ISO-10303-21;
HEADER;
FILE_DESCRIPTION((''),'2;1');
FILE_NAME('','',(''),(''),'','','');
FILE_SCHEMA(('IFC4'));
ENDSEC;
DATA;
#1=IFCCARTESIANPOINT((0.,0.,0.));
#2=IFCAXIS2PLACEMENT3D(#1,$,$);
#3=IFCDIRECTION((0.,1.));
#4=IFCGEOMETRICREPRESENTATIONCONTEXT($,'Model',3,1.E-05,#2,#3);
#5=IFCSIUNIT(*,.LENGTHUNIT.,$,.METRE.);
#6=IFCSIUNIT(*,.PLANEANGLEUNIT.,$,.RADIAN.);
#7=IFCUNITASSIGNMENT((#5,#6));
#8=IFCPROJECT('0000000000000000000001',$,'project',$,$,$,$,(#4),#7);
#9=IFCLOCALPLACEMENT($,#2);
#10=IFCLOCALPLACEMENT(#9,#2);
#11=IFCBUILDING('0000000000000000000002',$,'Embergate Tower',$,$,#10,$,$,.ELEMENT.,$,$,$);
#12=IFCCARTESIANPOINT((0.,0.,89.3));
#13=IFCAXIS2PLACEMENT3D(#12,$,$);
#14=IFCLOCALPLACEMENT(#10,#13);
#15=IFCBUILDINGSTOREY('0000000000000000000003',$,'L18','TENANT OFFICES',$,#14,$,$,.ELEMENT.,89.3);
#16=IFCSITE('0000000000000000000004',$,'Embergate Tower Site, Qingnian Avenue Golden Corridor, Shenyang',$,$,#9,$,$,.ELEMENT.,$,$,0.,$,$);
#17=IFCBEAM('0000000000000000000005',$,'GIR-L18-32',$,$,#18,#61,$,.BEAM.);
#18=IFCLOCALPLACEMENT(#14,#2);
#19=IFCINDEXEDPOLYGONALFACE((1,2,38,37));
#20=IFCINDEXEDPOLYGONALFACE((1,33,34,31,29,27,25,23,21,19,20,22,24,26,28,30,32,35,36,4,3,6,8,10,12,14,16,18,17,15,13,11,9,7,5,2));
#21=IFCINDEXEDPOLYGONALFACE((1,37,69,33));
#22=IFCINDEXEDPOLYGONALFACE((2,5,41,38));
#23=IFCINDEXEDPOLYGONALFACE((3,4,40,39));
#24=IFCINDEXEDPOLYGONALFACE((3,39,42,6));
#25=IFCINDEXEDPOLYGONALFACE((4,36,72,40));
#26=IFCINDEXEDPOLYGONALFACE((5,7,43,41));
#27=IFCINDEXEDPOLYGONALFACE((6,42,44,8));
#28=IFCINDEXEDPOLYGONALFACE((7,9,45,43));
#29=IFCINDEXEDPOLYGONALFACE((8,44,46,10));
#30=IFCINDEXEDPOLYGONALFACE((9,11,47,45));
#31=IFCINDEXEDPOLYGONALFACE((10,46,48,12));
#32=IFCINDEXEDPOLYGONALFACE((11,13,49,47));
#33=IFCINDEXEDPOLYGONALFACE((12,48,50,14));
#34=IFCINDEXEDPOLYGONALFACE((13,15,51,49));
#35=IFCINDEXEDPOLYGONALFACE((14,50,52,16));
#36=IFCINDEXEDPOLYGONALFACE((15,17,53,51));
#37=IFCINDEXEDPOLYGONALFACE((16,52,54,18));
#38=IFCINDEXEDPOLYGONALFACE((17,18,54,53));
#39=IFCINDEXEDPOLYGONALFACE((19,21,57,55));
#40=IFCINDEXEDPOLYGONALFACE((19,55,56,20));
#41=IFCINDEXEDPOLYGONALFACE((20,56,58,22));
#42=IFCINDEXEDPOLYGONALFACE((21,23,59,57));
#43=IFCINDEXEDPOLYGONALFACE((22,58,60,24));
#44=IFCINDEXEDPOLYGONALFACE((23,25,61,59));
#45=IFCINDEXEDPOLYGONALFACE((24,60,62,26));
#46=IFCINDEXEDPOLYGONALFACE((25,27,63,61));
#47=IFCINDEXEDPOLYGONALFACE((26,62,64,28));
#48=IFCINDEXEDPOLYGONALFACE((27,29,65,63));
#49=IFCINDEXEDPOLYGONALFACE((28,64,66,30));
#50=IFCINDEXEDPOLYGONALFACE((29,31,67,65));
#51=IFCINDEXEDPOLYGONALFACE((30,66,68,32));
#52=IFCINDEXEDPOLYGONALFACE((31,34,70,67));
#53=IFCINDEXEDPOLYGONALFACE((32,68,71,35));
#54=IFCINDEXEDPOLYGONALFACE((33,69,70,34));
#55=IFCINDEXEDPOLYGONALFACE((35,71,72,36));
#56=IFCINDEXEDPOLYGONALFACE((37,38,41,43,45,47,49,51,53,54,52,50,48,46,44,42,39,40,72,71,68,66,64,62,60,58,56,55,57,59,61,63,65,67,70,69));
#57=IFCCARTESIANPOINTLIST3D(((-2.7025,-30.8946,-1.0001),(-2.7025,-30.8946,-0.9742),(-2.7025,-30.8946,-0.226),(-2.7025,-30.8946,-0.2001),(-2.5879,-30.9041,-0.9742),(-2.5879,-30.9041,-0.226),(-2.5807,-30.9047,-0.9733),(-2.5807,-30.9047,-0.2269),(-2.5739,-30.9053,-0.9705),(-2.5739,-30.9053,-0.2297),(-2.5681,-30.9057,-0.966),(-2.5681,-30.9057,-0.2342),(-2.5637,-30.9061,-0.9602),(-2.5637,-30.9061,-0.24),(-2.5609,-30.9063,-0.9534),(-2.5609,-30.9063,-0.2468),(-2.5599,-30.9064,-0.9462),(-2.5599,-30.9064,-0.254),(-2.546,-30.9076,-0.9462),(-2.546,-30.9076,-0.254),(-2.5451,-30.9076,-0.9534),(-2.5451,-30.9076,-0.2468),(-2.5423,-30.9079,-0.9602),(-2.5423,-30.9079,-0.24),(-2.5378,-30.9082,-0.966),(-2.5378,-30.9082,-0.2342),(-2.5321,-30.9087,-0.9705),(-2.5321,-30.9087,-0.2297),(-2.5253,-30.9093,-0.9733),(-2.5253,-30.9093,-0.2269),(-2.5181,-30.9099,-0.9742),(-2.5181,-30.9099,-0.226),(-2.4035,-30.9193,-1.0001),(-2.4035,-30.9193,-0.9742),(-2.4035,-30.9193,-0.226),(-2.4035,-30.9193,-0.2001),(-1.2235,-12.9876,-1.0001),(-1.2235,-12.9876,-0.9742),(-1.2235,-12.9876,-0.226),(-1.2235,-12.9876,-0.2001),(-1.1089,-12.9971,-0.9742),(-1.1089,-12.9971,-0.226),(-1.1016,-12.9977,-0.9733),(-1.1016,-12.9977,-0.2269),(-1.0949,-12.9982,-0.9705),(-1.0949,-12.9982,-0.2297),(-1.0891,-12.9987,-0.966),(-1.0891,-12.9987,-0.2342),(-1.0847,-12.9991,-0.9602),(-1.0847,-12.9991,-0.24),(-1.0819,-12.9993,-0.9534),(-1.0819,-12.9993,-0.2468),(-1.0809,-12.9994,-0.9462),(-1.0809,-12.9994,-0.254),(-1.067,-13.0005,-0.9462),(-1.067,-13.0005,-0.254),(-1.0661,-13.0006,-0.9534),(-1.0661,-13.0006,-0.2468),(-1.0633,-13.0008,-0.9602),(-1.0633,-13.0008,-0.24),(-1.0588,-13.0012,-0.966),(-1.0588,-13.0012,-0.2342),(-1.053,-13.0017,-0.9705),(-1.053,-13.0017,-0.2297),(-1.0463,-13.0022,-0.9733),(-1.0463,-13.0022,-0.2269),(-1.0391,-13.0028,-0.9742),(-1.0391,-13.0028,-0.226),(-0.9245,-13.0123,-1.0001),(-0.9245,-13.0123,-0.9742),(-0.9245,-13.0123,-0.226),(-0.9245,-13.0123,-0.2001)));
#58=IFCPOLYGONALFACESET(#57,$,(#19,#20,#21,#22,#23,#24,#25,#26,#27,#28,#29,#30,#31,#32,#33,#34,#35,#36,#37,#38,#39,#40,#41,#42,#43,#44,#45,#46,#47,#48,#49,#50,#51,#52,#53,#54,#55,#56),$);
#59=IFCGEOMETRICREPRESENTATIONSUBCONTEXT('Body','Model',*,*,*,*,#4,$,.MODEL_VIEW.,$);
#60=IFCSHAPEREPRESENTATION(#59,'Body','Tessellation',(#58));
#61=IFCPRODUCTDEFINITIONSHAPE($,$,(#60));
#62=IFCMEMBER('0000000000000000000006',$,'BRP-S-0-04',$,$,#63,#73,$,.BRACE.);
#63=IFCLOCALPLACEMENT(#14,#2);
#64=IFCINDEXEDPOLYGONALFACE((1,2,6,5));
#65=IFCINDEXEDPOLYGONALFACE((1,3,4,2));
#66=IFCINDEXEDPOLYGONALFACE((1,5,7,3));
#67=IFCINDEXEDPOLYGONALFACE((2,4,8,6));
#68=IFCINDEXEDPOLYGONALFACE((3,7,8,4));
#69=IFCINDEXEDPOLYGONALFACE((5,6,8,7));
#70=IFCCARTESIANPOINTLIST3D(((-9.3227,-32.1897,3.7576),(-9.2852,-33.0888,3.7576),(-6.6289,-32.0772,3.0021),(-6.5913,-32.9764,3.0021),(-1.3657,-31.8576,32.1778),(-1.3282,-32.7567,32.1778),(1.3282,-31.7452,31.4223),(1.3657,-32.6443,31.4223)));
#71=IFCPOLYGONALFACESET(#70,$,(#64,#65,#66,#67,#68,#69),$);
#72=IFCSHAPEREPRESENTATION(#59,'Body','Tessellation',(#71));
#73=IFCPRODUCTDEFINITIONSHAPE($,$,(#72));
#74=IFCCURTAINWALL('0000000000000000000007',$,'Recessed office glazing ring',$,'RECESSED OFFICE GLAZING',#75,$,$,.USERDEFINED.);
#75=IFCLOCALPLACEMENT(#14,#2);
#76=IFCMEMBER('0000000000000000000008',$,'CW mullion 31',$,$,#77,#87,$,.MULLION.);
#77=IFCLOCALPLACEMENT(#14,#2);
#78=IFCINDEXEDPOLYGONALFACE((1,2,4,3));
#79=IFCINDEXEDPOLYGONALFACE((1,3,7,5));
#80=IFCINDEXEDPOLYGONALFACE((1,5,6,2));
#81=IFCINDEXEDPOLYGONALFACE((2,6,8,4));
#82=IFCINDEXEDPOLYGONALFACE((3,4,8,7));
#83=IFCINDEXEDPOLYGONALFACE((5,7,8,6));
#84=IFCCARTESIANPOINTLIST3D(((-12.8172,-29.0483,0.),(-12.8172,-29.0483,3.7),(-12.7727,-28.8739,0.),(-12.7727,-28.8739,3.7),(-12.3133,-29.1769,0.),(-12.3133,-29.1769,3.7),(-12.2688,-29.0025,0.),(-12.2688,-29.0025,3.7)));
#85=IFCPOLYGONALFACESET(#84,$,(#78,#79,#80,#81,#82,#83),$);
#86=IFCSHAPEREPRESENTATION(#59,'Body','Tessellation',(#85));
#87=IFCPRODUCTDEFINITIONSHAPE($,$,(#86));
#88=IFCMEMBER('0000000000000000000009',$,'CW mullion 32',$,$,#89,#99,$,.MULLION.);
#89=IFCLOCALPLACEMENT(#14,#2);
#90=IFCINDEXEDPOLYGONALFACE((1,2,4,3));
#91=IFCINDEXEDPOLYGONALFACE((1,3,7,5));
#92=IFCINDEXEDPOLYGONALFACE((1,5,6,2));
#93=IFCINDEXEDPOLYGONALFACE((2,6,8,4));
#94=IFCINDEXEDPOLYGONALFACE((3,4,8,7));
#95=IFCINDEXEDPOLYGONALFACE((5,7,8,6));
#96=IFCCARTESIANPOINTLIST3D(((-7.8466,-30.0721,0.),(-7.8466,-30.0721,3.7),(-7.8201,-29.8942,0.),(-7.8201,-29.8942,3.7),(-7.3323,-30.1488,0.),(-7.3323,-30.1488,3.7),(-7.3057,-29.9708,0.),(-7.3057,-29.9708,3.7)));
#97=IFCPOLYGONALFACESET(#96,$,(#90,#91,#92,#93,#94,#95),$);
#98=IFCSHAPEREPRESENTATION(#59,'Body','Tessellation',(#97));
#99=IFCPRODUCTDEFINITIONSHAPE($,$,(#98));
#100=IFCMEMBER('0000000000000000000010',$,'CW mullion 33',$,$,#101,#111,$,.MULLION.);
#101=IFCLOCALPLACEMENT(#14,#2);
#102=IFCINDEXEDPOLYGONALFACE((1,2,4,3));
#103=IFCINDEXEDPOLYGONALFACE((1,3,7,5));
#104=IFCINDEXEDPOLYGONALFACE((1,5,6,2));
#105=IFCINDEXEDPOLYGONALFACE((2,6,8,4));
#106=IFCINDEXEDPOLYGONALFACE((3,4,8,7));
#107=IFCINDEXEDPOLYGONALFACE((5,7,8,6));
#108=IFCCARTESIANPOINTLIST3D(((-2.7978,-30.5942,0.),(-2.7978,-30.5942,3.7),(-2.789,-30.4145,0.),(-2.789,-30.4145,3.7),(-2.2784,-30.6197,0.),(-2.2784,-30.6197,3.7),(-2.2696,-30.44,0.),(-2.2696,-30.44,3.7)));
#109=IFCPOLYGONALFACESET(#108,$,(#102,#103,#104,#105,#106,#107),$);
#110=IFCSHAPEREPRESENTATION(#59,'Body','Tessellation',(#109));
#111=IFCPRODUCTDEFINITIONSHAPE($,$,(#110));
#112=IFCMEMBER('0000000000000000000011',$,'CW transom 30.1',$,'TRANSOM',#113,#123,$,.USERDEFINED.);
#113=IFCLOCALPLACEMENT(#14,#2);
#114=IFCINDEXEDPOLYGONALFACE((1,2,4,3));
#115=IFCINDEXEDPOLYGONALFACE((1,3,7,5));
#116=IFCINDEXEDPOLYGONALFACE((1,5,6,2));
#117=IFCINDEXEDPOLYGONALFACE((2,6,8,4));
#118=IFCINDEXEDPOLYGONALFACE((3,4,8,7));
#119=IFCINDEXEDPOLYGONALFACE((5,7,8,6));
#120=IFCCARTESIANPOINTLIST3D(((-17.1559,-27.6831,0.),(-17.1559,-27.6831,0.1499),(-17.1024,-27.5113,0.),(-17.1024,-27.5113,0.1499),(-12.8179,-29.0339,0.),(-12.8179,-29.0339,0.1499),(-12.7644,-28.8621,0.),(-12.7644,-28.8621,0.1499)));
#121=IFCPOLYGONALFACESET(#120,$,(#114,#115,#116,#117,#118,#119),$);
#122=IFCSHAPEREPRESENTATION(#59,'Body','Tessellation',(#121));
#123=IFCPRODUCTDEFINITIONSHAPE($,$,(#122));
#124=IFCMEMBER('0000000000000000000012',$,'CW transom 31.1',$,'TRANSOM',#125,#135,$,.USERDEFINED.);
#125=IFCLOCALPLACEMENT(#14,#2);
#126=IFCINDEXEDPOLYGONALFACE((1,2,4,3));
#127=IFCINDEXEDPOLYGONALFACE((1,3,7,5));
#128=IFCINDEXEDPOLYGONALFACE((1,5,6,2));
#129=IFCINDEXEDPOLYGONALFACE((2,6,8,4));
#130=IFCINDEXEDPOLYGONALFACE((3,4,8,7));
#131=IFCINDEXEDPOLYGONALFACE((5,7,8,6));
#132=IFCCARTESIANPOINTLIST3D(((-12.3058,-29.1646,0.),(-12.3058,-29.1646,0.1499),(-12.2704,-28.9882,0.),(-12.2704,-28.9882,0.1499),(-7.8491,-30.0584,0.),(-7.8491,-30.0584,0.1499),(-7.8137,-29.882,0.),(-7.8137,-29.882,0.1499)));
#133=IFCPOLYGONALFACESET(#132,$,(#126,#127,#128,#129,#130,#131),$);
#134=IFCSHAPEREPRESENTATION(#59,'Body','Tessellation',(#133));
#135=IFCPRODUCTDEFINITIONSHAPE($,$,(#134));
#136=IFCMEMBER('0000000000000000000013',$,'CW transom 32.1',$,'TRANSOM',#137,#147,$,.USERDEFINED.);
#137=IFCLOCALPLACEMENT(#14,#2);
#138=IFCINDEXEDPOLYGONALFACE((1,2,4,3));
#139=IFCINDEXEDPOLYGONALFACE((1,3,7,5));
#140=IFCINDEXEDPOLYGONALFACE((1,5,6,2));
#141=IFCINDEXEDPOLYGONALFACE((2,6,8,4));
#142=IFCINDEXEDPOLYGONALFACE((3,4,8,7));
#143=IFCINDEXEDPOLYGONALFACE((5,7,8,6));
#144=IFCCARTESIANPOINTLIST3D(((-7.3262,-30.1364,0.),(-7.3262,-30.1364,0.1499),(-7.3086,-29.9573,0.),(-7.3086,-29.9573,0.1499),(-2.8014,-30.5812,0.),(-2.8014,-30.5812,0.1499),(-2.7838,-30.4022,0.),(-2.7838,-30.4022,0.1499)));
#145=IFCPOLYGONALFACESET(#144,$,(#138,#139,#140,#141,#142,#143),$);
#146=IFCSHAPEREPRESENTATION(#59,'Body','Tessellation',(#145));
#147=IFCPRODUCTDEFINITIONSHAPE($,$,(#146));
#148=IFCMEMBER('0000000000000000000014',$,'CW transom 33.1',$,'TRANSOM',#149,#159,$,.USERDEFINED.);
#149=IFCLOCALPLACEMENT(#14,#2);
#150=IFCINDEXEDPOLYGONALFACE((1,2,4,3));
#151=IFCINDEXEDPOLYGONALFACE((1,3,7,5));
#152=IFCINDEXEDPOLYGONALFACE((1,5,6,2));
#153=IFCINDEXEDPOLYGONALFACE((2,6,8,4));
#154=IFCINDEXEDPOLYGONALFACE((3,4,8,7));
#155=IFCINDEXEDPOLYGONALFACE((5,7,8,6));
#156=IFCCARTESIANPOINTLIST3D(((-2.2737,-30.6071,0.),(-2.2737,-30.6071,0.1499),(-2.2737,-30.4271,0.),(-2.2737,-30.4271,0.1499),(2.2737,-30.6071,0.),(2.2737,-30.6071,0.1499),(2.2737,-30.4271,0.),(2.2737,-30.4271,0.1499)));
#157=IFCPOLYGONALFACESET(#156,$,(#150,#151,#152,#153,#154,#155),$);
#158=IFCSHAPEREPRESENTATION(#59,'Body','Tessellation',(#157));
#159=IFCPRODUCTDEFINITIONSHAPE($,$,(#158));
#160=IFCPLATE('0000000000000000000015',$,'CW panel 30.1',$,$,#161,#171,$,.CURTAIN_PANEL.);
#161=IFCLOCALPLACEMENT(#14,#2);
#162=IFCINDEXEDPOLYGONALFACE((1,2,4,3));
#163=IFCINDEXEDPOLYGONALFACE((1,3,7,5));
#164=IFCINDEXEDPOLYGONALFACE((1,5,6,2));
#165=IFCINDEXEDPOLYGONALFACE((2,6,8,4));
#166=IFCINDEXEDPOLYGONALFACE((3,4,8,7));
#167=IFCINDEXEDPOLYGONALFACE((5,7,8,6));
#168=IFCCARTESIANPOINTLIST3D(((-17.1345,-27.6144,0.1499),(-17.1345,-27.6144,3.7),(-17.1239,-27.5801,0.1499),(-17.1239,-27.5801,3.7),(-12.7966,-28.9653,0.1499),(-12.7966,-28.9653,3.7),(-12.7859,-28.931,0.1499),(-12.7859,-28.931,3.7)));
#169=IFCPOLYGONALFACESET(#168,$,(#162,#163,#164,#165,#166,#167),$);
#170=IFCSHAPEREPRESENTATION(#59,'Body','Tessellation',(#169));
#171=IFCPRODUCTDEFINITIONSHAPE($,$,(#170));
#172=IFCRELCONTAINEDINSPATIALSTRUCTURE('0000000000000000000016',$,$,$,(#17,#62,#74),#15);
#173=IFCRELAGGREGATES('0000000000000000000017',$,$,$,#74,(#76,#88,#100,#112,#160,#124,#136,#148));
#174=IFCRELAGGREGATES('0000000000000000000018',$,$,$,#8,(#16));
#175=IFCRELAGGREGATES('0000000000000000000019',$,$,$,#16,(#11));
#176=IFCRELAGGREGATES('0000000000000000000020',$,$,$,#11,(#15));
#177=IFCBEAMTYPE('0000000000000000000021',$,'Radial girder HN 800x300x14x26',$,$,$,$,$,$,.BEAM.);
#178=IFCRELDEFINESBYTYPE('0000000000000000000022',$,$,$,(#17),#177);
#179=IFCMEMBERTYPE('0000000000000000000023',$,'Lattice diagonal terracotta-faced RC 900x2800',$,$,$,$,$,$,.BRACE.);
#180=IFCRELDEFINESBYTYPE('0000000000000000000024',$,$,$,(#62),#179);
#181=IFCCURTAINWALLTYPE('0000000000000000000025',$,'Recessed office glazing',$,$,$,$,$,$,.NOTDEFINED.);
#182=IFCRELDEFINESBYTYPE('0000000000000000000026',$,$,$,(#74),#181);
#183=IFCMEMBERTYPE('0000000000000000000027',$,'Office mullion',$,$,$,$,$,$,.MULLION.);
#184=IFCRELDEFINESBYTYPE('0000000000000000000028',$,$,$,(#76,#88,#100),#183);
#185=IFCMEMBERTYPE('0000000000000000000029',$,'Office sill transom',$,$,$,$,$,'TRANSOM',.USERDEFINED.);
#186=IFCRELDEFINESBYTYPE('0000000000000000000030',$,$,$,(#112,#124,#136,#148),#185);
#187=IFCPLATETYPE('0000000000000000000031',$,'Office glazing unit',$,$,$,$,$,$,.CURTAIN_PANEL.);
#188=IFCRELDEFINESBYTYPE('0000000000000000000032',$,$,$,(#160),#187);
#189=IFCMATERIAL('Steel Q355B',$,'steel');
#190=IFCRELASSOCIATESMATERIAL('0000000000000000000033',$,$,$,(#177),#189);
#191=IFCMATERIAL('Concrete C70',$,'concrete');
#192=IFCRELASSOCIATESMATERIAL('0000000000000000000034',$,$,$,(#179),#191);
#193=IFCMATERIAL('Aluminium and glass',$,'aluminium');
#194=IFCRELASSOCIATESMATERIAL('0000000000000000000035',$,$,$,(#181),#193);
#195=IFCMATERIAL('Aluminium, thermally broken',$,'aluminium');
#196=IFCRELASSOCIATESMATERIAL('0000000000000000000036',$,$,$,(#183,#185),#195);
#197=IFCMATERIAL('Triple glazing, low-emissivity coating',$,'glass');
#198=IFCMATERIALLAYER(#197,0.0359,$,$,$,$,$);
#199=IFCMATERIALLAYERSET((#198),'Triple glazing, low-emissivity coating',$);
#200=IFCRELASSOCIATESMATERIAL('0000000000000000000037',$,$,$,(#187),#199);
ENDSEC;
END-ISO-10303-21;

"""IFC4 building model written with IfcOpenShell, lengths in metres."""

from ifc_helpers import new_model, si_unit, direction, frame, origin, origin_2d, place, context, subcontext, project, spatial, rectangle, i_section, extrude, source, transform, mapped, material, layer, layer_set, material_profile, profile_set, type_object, element, aggregate, save


model = new_model("IFC4")

# Units and contexts
model_context = context("Model", 3, precision=1e-05, world=origin(), true_north=direction((0.0, 1.0)))
body_context = subcontext(model_context, "Body", "Model", "MODEL_VIEW")
ifc_project = project(units=[si_unit("LENGTHUNIT", "METRE"), si_unit("PLANEANGLEUNIT", "RADIAN")], contexts=[model_context])

# Site, building, storey
site_placement = place(None, origin())
site = spatial("IfcSite", under=ifc_project, at=site_placement, Name="Embergate Tower Site, Qingnian Avenue Golden Corridor, Shenyang", CompositionType="ELEMENT", RefElevation=0.0)
building_placement = place(site_placement, origin())
building = spatial("IfcBuilding", under=site, at=building_placement, Name="Embergate Tower", CompositionType="ELEMENT")
storey_placement = place(building_placement, frame((0.0, 0.0, 89.3)))
storey = spatial("IfcBuildingStorey", under=building, at=storey_placement, Name="L18", Description="TENANT OFFICES", CompositionType="ELEMENT", Elevation=89.3)

# Shared definitions
ifc_material_1 = material(Name="Concrete C70", Category="concrete")

# Beam
ifc_material_2 = material(Name="Steel Q355B", Category="steel")
ifc_material_profile_1 = material_profile(ifc_material_2, i_section(OverallWidth=0.3, OverallDepth=0.8, WebThickness=0.0139, FlangeThickness=0.0259, FilletRadius=0.0281, at=origin_2d()), Name="HN 800x300x14x26")
ifc_profile_set_1 = profile_set([ifc_material_profile_1], Name="Steel Q355 grade B")
beam_type_1 = type_object("IfcBeamType", Name="Radial girder HN 800x300x14x26", PredefinedType="BEAM", material=ifc_profile_set_1)
shared_shape_1 = source(origin(), body_context, "Body", "SweptSolid", [
    extrude(i_section(OverallWidth=0.3, OverallDepth=0.8, WebThickness=0.0139, FlangeThickness=0.0259, FilletRadius=0.0281, at=origin_2d()), origin(), (0.0, 0.0, 1.0), 17.968),
])
beam_1_placement = place(storey_placement, frame((-2.553, -30.907, -0.6001), z_axis=(0.082313, 0.996606, 0.0), x_axis=(-0.996606, 0.082313, 0.0)))
element("IfcBeam", 1, at=beam_1_placement, inside=storey, type_object=beam_type_1, Name="GIR-L18-32", PredefinedType="BEAM", context=body_context, shape_type="MappedRepresentation", body=[
    mapped(shared_shape_1, transform((0.0, 0.0, 0.0))),
])

# Member
ifc_material_profile_2 = material_profile(ifc_material_1, rectangle(XDim=0.8999, YDim=2.8, at=origin_2d()), Name="RC 900x2800")
ifc_profile_set_2 = profile_set([ifc_material_profile_2], Name="Concrete C70")
member_type_1 = type_object("IfcMemberType", Name="Lattice diagonal terracotta-faced RC 900x2800", PredefinedType="BRACE", material=ifc_profile_set_2)
shared_shape_2 = source(origin(), body_context, "Body", "SweptSolid", [
    extrude(rectangle(XDim=0.8999, YDim=2.8, at=origin_2d()), origin(), (0.0, 0.0, 1.0), 29.5149),
])
member_1_placement = place(storey_placement, frame((-7.957, -32.583, 3.3799), z_axis=(0.269594, 0.01125, 0.962908), x_axis=(-0.041692, 0.999131, 0.0)))
element("IfcMember", 2, at=member_1_placement, inside=storey, type_object=member_type_1, Name="BRP-S-0-04", PredefinedType="BRACE", context=body_context, shape_type="MappedRepresentation", body=[
    mapped(shared_shape_2, transform((0.0, 0.0, 0.0))),
])

# Curtain wall, members
ifc_material_3 = material(Name="Aluminium and glass", Category="aluminium")
curtain_wall_type = type_object("IfcCurtainWallType", Name="Recessed office glazing", PredefinedType="NOTDEFINED", material=ifc_material_3)
curtain_wall_placement = place(storey_placement, origin())
curtain_wall = element("IfcCurtainWall", 3, at=curtain_wall_placement, inside=storey, type_object=curtain_wall_type, Name="Recessed office glazing ring", ObjectType="RECESSED OFFICE GLAZING", PredefinedType="USERDEFINED")
ifc_material_4 = material(Name="Aluminium, thermally broken", Category="aluminium")
ifc_material_profile_3 = material_profile(ifc_material_4, rectangle(XDim=0.1799, YDim=0.52, at=origin_2d()), Name="AL 520x180")
ifc_profile_set_3 = profile_set([ifc_material_profile_3], Name="Aluminium, thermally broken")
member_type_2 = type_object("IfcMemberType", Name="Office mullion", PredefinedType="MULLION", material=ifc_profile_set_3)
shared_shape_3 = source(origin(), body_context, "Body", "SweptSolid", [
    extrude(rectangle(XDim=0.1799, YDim=0.52, at=origin_2d()), origin(), (0.0, 0.0, 1.0), 3.7),
])
member_2_placement = place(storey_placement, frame((-12.543, -29.0254, 0.0), z_axis=(0.0, 0.0, 1.0), x_axis=(0.247312, 0.968936, 0.0)))
member_2 = element("IfcMember", 4, at=member_2_placement, type_object=member_type_2, Name="CW mullion 31", PredefinedType="MULLION", context=body_context, shape_type="MappedRepresentation", body=[
    mapped(shared_shape_3, transform((0.0, 0.0, 0.0))),
])
member_3_placement = place(storey_placement, frame((-7.5762, -30.0215, 0.0), z_axis=(0.0, 0.0, 1.0), x_axis=(0.147412, 0.989075, 0.0)))
member_3 = element("IfcMember", 5, at=member_3_placement, type_object=member_type_2, Name="CW mullion 32", PredefinedType="MULLION", context=body_context, shape_type="MappedRepresentation", body=[
    mapped(shared_shape_3, transform((0.0, 0.0, 0.0))),
])
member_4_placement = place(storey_placement, frame((-2.5337, -30.5171, 0.0), z_axis=(0.0, 0.0, 1.0), x_axis=(0.048972, 0.9988, 0.0)))
member_4 = element("IfcMember", 6, at=member_4_placement, type_object=member_type_2, Name="CW mullion 33", PredefinedType="MULLION", context=body_context, shape_type="MappedRepresentation", body=[
    mapped(shared_shape_3, transform((0.0, 0.0, 0.0))),
])
ifc_material_profile_4 = material_profile(ifc_material_4, rectangle(XDim=0.1799, YDim=0.1499, at=origin_2d()), Name="AL 150x180")
ifc_profile_set_4 = profile_set([ifc_material_profile_4], Name="Aluminium, thermally broken")
member_type_3 = type_object("IfcMemberType", Name="Office sill transom", ElementType="TRANSOM", PredefinedType="USERDEFINED", material=ifc_profile_set_4)
shared_shape_4 = source(origin(), body_context, "Body", "SweptSolid", [
    extrude(rectangle(XDim=0.1799, YDim=0.1499, at=origin_2d()), origin(), (0.0, 0.0, 1.0), 4.5435),
])
member_5_placement = place(storey_placement, frame((-17.1292, -27.5972, 0.075), z_axis=(0.954778, -0.29732, 0.0), x_axis=(0.29732, 0.954778, 0.0)))
member_5 = element("IfcMember", 7, at=member_5_placement, type_object=member_type_3, Name="CW transom 30.1", ObjectType="TRANSOM", PredefinedType="USERDEFINED", context=body_context, shape_type="MappedRepresentation", body=[
    mapped(shared_shape_4, transform((0.0, 0.0, 0.0))),
])
shared_shape_5 = source(origin(), body_context, "Body", "SweptSolid", [
    extrude(rectangle(XDim=0.1799, YDim=0.1499, at=origin_2d()), origin(), (0.0, 0.0, 1.0), 4.5454),
])
member_6_placement = place(storey_placement, frame((-12.2881, -29.0764, 0.075), z_axis=(0.980477, -0.196633, 0.0), x_axis=(0.196633, 0.980477, 0.0)))
member_6 = element("IfcMember", 8, at=member_6_placement, type_object=member_type_3, Name="CW transom 31.1", ObjectType="TRANSOM", PredefinedType="USERDEFINED", context=body_context, shape_type="MappedRepresentation", body=[
    mapped(shared_shape_5, transform((0.0, 0.0, 0.0))),
])
shared_shape_6 = source(origin(), body_context, "Body", "SweptSolid", [
    extrude(rectangle(XDim=0.1799, YDim=0.1499, at=origin_2d()), origin(), (0.0, 0.0, 1.0), 4.5466),
])
member_7_placement = place(storey_placement, frame((-7.3174, -30.0469, 0.075), z_axis=(0.995203, -0.097834, 0.0), x_axis=(0.097834, 0.995203, 0.0)))
member_7 = element("IfcMember", 9, at=member_7_placement, type_object=member_type_3, Name="CW transom 32.1", ObjectType="TRANSOM", PredefinedType="USERDEFINED", context=body_context, shape_type="MappedRepresentation", body=[
    mapped(shared_shape_6, transform((0.0, 0.0, 0.0))),
])
shared_shape_7 = source(origin(), body_context, "Body", "SweptSolid", [
    extrude(rectangle(XDim=0.1799, YDim=0.1499, at=origin_2d()), origin(), (0.0, 0.0, 1.0), 4.5474),
])
member_8_placement = place(storey_placement, frame((-2.2737, -30.5171, 0.075), z_axis=(1.0, 0.0, 0.0), x_axis=(0.0, 1.0, 0.0)))
member_8 = element("IfcMember", 10, at=member_8_placement, type_object=member_type_3, Name="CW transom 33.1", ObjectType="TRANSOM", PredefinedType="USERDEFINED", context=body_context, shape_type="MappedRepresentation", body=[
    mapped(shared_shape_7, transform((0.0, 0.0, 0.0))),
])

# Plate
ifc_material_5 = material(Name="Triple glazing, low-emissivity coating", Category="glass")
ifc_layer_1 = layer(ifc_material_5, 0.0359)
ifc_layer_set_1 = layer_set([ifc_layer_1], Name="Triple glazing, low-emissivity coating")
plate_type = type_object("IfcPlateType", Name="Office glazing unit", PredefinedType="CURTAIN_PANEL", material=ifc_layer_set_1)
shared_shape_8 = source(origin(), body_context, "Body", "SweptSolid", [
    extrude(rectangle(XDim=4.5435, YDim=0.0359, at=origin_2d()), origin(), (0.0, 0.0, 1.0), 3.55),
])
plate_1_placement = place(storey_placement, frame((-14.9602, -28.2727, 0.1499), z_axis=(0.0, 0.0, 1.0), x_axis=(0.954772, -0.297338, 0.0)))
plate_1 = element("IfcPlate", 11, at=plate_1_placement, type_object=plate_type, Name="CW panel 30.1", PredefinedType="CURTAIN_PANEL", context=body_context, shape_type="MappedRepresentation", body=[
    mapped(shared_shape_8, transform((0.0, 0.0, 0.0))),
])
aggregate(curtain_wall, [member_2, member_3, member_4, member_5, plate_1, member_6, member_7, member_8])

save(model, "model.ifc")
